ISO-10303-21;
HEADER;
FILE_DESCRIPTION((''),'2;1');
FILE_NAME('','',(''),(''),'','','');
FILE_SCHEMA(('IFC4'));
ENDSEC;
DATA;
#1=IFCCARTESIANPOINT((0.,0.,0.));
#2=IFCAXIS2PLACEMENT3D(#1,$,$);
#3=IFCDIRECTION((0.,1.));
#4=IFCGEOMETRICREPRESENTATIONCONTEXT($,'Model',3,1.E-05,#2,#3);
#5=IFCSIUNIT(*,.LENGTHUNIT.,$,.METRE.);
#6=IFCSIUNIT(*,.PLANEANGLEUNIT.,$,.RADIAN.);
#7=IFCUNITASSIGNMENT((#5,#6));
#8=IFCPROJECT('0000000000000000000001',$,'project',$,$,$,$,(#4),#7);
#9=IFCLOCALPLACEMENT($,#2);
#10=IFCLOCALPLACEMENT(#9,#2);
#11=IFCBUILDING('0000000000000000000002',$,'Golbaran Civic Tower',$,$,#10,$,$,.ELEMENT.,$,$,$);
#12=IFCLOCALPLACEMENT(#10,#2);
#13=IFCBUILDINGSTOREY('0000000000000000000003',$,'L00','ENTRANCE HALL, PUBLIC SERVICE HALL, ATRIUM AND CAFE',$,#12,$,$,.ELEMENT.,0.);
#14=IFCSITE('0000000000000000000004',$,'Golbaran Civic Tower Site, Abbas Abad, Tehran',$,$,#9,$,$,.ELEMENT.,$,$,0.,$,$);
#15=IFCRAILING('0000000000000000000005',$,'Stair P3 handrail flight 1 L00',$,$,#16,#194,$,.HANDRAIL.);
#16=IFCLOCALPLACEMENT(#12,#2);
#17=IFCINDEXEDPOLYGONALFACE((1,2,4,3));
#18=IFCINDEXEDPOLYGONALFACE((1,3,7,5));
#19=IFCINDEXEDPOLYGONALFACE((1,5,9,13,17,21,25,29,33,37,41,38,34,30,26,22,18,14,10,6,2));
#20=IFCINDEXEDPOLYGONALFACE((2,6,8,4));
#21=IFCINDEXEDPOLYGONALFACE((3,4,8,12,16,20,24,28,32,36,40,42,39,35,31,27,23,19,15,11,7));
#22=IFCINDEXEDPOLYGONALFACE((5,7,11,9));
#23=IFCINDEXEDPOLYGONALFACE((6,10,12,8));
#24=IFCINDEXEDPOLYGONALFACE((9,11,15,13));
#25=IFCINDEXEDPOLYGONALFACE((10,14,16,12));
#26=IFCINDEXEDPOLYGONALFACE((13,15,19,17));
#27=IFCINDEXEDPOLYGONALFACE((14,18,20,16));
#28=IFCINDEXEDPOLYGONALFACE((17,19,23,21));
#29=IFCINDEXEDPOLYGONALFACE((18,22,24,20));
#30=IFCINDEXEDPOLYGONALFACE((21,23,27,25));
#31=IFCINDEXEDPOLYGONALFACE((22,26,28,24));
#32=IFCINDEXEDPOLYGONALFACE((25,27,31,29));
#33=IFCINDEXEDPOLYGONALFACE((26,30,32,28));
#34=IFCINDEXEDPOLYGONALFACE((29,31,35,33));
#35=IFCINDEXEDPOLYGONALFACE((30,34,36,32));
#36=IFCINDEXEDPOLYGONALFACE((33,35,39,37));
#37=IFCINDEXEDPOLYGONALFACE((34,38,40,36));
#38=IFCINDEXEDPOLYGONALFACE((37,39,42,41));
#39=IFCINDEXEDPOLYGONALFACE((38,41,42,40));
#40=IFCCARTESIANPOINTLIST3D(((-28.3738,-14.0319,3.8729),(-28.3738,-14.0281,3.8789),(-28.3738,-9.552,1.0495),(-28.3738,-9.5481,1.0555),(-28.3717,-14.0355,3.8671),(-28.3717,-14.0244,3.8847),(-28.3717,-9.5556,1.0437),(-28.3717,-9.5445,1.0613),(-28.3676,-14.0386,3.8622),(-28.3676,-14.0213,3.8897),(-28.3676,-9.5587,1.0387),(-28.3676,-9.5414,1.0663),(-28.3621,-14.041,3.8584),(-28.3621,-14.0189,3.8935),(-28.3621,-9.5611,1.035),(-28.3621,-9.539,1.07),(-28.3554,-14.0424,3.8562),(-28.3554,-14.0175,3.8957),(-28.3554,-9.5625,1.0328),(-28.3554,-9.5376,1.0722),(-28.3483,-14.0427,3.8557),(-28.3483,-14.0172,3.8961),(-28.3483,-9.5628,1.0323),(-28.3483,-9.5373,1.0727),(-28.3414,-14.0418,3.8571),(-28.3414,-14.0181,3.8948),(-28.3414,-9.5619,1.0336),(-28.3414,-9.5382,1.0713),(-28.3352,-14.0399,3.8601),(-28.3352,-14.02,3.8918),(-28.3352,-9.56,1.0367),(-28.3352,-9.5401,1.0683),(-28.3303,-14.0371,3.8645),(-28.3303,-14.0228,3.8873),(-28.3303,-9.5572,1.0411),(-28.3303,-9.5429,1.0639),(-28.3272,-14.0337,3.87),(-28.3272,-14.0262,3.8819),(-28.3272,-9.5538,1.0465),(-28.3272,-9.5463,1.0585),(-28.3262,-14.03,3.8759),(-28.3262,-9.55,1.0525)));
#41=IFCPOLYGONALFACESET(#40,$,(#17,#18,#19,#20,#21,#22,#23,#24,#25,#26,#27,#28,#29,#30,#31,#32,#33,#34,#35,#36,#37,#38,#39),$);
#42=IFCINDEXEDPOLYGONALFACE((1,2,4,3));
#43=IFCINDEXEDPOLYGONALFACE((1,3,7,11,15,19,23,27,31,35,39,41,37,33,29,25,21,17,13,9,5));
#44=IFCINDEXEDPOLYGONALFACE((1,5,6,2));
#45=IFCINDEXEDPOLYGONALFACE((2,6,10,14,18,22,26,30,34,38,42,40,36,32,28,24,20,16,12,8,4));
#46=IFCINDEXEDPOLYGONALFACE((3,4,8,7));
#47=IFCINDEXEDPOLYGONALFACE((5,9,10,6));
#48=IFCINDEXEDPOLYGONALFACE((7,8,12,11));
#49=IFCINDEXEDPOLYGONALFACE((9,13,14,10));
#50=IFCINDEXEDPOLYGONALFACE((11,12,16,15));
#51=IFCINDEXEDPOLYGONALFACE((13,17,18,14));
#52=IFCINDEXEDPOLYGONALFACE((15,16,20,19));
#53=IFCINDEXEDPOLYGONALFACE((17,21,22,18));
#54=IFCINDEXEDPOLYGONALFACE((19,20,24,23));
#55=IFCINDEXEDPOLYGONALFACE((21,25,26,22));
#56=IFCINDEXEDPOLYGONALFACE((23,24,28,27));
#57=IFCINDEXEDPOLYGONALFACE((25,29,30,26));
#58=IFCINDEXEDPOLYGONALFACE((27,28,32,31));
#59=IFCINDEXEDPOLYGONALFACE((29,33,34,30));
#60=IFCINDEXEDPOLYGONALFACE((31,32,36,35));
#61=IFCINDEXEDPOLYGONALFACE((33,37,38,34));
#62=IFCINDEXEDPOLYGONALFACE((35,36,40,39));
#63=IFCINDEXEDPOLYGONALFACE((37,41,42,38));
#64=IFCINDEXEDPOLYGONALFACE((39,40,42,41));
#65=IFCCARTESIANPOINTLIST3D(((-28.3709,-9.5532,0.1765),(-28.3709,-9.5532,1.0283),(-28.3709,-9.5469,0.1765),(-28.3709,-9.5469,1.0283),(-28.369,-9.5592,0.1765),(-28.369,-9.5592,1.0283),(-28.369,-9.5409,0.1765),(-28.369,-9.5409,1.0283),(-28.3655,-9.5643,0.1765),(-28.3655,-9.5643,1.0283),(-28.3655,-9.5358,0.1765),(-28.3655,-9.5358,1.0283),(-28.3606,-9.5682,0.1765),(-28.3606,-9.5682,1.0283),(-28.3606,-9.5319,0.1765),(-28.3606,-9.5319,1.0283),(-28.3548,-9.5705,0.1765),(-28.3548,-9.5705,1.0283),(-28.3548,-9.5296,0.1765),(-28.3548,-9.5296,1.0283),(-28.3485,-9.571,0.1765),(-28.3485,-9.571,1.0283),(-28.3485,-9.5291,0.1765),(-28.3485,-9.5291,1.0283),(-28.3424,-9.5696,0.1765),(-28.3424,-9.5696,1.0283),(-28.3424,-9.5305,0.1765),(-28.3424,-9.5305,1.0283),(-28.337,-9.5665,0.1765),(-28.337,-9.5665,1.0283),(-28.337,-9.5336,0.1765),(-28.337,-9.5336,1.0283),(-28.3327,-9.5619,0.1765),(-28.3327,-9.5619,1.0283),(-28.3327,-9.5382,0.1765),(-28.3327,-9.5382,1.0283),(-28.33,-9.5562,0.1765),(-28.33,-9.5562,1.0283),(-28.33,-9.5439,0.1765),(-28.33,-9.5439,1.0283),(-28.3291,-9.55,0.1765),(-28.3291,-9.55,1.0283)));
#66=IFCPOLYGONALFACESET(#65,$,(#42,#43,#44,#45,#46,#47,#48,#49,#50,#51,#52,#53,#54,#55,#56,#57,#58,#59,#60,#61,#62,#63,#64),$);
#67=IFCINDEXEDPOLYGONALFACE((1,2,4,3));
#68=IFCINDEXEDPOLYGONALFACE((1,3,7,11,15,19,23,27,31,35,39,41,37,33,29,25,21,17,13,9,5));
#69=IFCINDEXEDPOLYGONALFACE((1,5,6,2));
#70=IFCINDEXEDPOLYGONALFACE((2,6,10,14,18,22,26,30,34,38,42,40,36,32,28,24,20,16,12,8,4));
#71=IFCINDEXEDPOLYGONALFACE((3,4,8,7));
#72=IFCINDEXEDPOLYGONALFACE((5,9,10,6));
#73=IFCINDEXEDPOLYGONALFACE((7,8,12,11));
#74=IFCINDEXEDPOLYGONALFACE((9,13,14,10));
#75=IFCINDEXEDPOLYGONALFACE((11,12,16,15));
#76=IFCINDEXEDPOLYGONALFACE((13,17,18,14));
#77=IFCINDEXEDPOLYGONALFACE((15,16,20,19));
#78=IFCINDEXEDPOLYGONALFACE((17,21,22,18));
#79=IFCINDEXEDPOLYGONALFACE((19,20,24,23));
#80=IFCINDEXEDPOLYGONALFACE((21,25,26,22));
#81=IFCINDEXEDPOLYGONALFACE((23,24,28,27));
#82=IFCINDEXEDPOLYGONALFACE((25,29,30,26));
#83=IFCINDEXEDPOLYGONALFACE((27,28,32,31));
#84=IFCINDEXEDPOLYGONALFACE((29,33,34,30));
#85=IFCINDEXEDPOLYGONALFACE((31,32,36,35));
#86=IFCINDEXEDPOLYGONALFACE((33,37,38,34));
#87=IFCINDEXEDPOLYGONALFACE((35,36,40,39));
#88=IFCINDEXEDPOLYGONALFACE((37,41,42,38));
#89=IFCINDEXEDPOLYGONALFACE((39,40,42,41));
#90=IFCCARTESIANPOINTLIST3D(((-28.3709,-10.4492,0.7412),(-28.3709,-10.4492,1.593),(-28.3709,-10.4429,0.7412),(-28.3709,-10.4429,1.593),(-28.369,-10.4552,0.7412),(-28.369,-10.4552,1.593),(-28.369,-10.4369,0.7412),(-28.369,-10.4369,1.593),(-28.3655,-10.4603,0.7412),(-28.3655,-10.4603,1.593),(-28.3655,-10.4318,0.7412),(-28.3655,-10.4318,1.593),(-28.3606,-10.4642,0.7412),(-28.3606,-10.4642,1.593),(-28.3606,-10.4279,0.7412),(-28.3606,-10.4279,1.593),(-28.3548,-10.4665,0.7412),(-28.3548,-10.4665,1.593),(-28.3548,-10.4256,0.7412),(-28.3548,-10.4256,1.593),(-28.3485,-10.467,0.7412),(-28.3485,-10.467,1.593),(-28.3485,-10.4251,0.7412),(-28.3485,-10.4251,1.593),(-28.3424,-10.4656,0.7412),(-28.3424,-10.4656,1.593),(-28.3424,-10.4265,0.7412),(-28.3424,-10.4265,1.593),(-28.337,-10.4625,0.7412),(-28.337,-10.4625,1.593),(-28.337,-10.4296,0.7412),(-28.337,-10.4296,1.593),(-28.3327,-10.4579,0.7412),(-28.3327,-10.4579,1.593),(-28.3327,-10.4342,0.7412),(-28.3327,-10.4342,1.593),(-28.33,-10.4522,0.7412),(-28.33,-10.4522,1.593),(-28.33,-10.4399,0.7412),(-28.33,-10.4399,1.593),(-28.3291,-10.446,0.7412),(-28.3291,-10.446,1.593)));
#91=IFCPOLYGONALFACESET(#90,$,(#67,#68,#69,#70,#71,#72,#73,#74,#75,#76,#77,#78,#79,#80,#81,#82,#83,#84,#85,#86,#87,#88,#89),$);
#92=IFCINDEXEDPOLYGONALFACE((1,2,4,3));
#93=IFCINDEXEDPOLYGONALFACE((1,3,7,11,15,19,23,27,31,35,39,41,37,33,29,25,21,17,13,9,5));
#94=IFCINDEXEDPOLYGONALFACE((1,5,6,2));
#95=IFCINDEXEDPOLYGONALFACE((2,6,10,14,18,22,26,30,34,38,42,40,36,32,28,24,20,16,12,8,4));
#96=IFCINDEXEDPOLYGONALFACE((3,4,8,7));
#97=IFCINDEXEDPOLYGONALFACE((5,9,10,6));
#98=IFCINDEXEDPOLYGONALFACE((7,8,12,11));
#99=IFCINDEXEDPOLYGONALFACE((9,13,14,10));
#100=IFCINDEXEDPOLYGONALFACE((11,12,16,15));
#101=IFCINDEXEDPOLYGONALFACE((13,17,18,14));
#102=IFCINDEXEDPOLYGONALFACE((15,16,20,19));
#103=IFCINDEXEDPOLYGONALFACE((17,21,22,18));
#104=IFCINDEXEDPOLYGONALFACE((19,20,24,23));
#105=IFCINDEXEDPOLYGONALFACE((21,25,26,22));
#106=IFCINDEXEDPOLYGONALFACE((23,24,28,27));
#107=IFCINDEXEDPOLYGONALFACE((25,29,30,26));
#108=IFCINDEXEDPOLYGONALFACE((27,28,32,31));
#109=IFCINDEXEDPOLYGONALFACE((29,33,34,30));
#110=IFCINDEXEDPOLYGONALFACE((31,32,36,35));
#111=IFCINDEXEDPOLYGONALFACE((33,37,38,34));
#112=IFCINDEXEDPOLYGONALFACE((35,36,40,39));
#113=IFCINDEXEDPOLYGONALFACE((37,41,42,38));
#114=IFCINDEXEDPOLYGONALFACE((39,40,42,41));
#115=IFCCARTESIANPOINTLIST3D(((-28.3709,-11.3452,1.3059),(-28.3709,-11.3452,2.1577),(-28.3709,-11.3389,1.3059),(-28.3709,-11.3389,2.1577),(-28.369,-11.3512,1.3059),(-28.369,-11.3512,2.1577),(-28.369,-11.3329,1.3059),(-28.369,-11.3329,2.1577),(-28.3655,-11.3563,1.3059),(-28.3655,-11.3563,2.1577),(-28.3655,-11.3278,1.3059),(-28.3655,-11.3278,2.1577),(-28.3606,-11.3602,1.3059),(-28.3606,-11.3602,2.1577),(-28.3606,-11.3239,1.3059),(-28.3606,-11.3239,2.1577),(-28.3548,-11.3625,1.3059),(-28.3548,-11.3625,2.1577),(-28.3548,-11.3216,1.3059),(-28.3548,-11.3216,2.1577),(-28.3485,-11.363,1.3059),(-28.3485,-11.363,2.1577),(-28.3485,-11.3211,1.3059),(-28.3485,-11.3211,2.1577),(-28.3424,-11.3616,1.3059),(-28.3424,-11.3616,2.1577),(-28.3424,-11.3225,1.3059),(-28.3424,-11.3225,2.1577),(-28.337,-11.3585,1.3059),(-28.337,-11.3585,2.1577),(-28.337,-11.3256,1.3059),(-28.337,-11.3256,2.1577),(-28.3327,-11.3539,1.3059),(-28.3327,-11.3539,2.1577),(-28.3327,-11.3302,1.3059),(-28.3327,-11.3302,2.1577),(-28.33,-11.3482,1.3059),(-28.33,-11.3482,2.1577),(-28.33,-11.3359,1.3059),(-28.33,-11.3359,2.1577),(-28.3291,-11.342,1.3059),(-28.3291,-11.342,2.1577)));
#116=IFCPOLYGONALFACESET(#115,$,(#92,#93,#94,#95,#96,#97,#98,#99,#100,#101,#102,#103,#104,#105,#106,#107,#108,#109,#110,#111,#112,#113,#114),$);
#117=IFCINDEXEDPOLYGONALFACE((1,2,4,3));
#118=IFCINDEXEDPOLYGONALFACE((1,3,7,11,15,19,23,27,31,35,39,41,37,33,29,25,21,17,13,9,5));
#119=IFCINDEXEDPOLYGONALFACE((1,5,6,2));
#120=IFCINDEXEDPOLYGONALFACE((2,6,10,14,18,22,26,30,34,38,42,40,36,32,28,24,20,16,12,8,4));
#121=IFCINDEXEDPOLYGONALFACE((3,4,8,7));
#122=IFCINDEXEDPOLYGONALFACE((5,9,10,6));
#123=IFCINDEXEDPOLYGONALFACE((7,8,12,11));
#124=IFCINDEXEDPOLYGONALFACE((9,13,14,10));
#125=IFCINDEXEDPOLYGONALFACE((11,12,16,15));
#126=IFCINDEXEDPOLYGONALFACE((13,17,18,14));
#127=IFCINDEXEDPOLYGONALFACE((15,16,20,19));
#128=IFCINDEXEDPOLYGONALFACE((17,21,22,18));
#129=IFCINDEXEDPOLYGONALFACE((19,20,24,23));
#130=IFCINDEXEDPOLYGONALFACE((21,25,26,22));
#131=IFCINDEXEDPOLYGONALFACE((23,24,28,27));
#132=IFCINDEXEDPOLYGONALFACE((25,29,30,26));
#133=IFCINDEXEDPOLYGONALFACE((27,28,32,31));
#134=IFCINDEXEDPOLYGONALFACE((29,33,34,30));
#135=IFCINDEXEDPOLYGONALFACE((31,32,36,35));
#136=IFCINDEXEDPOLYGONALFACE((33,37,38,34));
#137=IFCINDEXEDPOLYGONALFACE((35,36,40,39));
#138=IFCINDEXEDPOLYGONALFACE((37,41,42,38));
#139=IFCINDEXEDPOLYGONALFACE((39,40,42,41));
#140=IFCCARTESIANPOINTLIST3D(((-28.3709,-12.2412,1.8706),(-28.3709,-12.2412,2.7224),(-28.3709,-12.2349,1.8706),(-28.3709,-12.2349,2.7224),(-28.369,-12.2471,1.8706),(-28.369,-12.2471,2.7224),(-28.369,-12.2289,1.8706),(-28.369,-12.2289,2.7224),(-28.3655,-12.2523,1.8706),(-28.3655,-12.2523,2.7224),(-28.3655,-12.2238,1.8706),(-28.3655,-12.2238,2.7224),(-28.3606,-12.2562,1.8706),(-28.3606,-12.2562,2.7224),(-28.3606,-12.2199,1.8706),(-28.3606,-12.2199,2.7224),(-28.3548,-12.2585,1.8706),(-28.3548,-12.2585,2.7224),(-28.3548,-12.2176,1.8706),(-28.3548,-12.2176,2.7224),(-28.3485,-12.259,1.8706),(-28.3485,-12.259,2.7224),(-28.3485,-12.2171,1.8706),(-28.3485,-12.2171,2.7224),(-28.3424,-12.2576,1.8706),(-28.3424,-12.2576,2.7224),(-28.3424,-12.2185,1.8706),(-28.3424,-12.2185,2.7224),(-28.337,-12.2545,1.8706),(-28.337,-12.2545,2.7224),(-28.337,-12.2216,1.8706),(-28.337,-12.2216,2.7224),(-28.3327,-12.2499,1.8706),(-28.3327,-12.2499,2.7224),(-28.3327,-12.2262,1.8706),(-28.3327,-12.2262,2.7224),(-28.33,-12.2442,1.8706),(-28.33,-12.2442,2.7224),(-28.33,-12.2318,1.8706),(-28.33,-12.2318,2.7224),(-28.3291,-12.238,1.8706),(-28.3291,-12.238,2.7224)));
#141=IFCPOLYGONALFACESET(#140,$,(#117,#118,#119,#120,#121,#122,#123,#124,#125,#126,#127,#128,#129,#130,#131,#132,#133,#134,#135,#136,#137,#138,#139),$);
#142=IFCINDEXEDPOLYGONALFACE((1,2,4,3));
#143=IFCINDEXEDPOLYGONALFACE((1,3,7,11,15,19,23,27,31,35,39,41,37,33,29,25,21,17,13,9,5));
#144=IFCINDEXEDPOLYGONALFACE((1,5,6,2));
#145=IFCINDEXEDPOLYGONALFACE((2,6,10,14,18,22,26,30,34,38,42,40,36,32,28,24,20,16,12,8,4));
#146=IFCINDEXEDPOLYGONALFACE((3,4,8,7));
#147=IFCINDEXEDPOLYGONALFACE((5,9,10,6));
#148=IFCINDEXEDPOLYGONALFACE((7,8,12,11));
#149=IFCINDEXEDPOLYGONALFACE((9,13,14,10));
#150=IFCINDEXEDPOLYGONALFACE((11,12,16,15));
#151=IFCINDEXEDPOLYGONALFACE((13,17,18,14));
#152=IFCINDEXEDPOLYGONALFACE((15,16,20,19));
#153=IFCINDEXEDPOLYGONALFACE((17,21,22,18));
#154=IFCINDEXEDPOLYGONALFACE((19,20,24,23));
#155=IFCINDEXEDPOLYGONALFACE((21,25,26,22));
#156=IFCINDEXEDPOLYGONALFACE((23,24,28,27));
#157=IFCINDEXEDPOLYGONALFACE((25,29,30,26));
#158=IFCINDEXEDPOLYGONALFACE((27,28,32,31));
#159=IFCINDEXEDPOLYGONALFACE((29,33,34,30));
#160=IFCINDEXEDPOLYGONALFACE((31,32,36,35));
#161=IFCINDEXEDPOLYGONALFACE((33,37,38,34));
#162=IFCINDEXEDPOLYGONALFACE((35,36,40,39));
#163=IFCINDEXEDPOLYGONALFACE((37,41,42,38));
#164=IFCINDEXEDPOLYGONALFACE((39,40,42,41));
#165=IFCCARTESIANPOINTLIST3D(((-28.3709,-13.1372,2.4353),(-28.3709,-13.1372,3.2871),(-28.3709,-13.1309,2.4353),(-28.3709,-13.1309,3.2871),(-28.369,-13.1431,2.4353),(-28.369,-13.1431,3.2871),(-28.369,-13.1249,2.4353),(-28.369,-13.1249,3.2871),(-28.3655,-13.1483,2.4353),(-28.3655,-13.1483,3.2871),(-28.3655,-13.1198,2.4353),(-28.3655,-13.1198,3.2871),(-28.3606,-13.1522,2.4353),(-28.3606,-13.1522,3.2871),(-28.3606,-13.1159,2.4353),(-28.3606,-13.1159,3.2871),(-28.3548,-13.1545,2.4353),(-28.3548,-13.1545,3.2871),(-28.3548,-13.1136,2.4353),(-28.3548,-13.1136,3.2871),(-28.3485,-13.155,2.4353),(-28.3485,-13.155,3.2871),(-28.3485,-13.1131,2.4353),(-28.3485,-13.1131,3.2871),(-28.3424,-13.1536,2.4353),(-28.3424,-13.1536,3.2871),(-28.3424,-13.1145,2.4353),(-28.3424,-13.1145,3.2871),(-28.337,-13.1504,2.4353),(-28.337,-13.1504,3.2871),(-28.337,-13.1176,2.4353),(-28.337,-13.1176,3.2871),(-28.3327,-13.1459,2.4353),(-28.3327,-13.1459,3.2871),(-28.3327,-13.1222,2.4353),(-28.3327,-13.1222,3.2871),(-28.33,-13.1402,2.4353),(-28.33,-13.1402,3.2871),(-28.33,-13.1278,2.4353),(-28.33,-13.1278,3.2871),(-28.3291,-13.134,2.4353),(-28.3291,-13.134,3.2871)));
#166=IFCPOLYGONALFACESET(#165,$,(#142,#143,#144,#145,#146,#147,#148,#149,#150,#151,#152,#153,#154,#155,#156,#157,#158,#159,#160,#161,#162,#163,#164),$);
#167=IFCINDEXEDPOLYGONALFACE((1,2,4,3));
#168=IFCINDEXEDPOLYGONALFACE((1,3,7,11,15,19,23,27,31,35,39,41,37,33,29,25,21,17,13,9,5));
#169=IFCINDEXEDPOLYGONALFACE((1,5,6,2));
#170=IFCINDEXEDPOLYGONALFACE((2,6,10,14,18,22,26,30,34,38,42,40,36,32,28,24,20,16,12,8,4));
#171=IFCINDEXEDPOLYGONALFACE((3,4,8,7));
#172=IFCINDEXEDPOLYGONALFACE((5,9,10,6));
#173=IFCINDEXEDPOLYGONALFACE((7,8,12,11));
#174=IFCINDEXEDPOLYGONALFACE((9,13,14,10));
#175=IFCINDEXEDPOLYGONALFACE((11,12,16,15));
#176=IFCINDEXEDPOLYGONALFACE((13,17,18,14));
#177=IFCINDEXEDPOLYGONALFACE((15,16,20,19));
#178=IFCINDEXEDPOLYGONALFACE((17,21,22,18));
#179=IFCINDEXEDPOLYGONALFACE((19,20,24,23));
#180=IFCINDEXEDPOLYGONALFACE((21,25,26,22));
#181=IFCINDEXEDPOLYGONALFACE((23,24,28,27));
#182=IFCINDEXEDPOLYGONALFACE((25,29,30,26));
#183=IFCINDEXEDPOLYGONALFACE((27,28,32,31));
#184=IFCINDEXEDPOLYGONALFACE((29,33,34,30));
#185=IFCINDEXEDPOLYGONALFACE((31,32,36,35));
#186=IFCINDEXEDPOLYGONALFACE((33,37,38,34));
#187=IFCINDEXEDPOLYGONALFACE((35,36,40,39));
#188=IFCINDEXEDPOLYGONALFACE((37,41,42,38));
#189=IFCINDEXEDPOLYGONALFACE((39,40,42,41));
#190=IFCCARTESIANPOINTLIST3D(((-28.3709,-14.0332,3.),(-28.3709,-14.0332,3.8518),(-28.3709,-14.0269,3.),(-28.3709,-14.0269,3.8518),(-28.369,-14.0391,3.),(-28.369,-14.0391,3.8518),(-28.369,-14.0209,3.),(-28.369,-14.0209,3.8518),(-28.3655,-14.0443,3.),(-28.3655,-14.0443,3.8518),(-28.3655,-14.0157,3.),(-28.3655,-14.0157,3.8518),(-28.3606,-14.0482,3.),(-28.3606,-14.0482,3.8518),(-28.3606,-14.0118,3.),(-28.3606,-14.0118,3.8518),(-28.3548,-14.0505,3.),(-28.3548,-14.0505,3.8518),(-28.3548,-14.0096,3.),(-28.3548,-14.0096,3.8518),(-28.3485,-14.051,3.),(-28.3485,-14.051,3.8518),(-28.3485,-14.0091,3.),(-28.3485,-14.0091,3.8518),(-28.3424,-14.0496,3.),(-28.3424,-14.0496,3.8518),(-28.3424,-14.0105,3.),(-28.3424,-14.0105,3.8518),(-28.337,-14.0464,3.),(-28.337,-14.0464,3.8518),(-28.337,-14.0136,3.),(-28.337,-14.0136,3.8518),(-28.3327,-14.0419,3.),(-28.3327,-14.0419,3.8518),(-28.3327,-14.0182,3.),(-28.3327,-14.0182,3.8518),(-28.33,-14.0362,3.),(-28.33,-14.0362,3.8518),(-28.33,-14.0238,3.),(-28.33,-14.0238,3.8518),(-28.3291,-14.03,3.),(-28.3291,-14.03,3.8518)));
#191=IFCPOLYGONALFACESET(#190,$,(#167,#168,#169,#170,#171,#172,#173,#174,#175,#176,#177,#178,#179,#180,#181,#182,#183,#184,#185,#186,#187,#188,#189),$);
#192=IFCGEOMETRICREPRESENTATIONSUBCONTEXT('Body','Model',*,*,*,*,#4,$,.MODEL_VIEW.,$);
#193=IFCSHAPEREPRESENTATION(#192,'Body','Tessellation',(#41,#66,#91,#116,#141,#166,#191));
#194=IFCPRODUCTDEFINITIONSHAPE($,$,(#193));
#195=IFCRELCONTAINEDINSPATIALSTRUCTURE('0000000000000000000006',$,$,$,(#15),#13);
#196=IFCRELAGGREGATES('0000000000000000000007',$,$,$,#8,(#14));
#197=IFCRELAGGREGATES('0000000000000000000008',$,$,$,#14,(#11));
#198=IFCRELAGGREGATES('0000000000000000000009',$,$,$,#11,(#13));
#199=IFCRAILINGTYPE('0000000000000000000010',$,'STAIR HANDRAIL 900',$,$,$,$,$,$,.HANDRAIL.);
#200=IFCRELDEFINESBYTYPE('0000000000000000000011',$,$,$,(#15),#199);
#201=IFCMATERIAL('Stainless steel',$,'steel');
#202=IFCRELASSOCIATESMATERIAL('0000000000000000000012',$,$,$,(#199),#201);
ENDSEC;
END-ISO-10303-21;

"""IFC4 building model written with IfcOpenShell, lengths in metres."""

from ifc_helpers import new_model, si_unit, direction, frame, origin, origin_2d, place, context, subcontext, project, spatial, circle, extrude, material, type_object, element, save


model = new_model("IFC4")

# Units and contexts
model_context = context("Model", 3, precision=1e-05, world=origin(), true_north=direction((0.0, 1.0)))
body_context = subcontext(model_context, "Body", "Model", "MODEL_VIEW")
ifc_project = project(units=[si_unit("LENGTHUNIT", "METRE"), si_unit("PLANEANGLEUNIT", "RADIAN")], contexts=[model_context])

# Site, building, storey
site_placement = place(None, origin())
site = spatial("IfcSite", under=ifc_project, at=site_placement, Name="Golbaran Civic Tower Site, Abbas Abad, Tehran", CompositionType="ELEMENT", RefElevation=0.0)
building_placement = place(site_placement, origin())
building = spatial("IfcBuilding", under=site, at=building_placement, Name="Golbaran Civic Tower", CompositionType="ELEMENT")
storey_placement = place(building_placement, origin())
storey = spatial("IfcBuildingStorey", under=building, at=storey_placement, Name="L00", Description="ENTRANCE HALL, PUBLIC SERVICE HALL, ATRIUM AND CAFE", CompositionType="ELEMENT", Elevation=0.0)

# Railing
ifc_material_1 = material(Name="Stainless steel", Category="steel")
railing_type_1 = type_object("IfcRailingType", Name="STAIR HANDRAIL 900", PredefinedType="HANDRAIL", material=ifc_material_1)
railing_1_placement = place(storey_placement, frame((-28.3501, -9.55, 0.1765)))
element("IfcRailing", 1, at=railing_1_placement, inside=storey, type_object=railing_type_1, Name="Stair P3 handrail flight 1 L00", PredefinedType="HANDRAIL", context=body_context, shape_type="SweptSolid", body=[
    extrude(circle(Radius=0.0239, at=origin_2d()), frame((0.0, 0.0, 0.876), z_axis=(0.0, -0.845998, 0.533186), x_axis=(1.0, 0.0, 0.0)), (0.0, 0.0, 1.0), 5.2954),
    extrude(circle(Radius=0.021, at=origin_2d()), origin(), (0.0, 0.0, 1.0), 0.8518),
    extrude(circle(Radius=0.021, at=origin_2d()), frame((0.0, -0.896, 0.5647)), (0.0, 0.0, 1.0), 0.8518),
    extrude(circle(Radius=0.021, at=origin_2d()), frame((0.0, -1.792, 1.1294)), (0.0, 0.0, 1.0), 0.8518),
    extrude(circle(Radius=0.021, at=origin_2d()), frame((0.0, -2.688, 1.6941)), (0.0, 0.0, 1.0), 0.8518),
    extrude(circle(Radius=0.021, at=origin_2d()), frame((0.0, -3.584, 2.2588)), (0.0, 0.0, 1.0), 0.8518),
    extrude(circle(Radius=0.021, at=origin_2d()), frame((0.0, -4.48, 2.8235)), (0.0, 0.0, 1.0), 0.8518),
])

save(model, "model.ifc")
